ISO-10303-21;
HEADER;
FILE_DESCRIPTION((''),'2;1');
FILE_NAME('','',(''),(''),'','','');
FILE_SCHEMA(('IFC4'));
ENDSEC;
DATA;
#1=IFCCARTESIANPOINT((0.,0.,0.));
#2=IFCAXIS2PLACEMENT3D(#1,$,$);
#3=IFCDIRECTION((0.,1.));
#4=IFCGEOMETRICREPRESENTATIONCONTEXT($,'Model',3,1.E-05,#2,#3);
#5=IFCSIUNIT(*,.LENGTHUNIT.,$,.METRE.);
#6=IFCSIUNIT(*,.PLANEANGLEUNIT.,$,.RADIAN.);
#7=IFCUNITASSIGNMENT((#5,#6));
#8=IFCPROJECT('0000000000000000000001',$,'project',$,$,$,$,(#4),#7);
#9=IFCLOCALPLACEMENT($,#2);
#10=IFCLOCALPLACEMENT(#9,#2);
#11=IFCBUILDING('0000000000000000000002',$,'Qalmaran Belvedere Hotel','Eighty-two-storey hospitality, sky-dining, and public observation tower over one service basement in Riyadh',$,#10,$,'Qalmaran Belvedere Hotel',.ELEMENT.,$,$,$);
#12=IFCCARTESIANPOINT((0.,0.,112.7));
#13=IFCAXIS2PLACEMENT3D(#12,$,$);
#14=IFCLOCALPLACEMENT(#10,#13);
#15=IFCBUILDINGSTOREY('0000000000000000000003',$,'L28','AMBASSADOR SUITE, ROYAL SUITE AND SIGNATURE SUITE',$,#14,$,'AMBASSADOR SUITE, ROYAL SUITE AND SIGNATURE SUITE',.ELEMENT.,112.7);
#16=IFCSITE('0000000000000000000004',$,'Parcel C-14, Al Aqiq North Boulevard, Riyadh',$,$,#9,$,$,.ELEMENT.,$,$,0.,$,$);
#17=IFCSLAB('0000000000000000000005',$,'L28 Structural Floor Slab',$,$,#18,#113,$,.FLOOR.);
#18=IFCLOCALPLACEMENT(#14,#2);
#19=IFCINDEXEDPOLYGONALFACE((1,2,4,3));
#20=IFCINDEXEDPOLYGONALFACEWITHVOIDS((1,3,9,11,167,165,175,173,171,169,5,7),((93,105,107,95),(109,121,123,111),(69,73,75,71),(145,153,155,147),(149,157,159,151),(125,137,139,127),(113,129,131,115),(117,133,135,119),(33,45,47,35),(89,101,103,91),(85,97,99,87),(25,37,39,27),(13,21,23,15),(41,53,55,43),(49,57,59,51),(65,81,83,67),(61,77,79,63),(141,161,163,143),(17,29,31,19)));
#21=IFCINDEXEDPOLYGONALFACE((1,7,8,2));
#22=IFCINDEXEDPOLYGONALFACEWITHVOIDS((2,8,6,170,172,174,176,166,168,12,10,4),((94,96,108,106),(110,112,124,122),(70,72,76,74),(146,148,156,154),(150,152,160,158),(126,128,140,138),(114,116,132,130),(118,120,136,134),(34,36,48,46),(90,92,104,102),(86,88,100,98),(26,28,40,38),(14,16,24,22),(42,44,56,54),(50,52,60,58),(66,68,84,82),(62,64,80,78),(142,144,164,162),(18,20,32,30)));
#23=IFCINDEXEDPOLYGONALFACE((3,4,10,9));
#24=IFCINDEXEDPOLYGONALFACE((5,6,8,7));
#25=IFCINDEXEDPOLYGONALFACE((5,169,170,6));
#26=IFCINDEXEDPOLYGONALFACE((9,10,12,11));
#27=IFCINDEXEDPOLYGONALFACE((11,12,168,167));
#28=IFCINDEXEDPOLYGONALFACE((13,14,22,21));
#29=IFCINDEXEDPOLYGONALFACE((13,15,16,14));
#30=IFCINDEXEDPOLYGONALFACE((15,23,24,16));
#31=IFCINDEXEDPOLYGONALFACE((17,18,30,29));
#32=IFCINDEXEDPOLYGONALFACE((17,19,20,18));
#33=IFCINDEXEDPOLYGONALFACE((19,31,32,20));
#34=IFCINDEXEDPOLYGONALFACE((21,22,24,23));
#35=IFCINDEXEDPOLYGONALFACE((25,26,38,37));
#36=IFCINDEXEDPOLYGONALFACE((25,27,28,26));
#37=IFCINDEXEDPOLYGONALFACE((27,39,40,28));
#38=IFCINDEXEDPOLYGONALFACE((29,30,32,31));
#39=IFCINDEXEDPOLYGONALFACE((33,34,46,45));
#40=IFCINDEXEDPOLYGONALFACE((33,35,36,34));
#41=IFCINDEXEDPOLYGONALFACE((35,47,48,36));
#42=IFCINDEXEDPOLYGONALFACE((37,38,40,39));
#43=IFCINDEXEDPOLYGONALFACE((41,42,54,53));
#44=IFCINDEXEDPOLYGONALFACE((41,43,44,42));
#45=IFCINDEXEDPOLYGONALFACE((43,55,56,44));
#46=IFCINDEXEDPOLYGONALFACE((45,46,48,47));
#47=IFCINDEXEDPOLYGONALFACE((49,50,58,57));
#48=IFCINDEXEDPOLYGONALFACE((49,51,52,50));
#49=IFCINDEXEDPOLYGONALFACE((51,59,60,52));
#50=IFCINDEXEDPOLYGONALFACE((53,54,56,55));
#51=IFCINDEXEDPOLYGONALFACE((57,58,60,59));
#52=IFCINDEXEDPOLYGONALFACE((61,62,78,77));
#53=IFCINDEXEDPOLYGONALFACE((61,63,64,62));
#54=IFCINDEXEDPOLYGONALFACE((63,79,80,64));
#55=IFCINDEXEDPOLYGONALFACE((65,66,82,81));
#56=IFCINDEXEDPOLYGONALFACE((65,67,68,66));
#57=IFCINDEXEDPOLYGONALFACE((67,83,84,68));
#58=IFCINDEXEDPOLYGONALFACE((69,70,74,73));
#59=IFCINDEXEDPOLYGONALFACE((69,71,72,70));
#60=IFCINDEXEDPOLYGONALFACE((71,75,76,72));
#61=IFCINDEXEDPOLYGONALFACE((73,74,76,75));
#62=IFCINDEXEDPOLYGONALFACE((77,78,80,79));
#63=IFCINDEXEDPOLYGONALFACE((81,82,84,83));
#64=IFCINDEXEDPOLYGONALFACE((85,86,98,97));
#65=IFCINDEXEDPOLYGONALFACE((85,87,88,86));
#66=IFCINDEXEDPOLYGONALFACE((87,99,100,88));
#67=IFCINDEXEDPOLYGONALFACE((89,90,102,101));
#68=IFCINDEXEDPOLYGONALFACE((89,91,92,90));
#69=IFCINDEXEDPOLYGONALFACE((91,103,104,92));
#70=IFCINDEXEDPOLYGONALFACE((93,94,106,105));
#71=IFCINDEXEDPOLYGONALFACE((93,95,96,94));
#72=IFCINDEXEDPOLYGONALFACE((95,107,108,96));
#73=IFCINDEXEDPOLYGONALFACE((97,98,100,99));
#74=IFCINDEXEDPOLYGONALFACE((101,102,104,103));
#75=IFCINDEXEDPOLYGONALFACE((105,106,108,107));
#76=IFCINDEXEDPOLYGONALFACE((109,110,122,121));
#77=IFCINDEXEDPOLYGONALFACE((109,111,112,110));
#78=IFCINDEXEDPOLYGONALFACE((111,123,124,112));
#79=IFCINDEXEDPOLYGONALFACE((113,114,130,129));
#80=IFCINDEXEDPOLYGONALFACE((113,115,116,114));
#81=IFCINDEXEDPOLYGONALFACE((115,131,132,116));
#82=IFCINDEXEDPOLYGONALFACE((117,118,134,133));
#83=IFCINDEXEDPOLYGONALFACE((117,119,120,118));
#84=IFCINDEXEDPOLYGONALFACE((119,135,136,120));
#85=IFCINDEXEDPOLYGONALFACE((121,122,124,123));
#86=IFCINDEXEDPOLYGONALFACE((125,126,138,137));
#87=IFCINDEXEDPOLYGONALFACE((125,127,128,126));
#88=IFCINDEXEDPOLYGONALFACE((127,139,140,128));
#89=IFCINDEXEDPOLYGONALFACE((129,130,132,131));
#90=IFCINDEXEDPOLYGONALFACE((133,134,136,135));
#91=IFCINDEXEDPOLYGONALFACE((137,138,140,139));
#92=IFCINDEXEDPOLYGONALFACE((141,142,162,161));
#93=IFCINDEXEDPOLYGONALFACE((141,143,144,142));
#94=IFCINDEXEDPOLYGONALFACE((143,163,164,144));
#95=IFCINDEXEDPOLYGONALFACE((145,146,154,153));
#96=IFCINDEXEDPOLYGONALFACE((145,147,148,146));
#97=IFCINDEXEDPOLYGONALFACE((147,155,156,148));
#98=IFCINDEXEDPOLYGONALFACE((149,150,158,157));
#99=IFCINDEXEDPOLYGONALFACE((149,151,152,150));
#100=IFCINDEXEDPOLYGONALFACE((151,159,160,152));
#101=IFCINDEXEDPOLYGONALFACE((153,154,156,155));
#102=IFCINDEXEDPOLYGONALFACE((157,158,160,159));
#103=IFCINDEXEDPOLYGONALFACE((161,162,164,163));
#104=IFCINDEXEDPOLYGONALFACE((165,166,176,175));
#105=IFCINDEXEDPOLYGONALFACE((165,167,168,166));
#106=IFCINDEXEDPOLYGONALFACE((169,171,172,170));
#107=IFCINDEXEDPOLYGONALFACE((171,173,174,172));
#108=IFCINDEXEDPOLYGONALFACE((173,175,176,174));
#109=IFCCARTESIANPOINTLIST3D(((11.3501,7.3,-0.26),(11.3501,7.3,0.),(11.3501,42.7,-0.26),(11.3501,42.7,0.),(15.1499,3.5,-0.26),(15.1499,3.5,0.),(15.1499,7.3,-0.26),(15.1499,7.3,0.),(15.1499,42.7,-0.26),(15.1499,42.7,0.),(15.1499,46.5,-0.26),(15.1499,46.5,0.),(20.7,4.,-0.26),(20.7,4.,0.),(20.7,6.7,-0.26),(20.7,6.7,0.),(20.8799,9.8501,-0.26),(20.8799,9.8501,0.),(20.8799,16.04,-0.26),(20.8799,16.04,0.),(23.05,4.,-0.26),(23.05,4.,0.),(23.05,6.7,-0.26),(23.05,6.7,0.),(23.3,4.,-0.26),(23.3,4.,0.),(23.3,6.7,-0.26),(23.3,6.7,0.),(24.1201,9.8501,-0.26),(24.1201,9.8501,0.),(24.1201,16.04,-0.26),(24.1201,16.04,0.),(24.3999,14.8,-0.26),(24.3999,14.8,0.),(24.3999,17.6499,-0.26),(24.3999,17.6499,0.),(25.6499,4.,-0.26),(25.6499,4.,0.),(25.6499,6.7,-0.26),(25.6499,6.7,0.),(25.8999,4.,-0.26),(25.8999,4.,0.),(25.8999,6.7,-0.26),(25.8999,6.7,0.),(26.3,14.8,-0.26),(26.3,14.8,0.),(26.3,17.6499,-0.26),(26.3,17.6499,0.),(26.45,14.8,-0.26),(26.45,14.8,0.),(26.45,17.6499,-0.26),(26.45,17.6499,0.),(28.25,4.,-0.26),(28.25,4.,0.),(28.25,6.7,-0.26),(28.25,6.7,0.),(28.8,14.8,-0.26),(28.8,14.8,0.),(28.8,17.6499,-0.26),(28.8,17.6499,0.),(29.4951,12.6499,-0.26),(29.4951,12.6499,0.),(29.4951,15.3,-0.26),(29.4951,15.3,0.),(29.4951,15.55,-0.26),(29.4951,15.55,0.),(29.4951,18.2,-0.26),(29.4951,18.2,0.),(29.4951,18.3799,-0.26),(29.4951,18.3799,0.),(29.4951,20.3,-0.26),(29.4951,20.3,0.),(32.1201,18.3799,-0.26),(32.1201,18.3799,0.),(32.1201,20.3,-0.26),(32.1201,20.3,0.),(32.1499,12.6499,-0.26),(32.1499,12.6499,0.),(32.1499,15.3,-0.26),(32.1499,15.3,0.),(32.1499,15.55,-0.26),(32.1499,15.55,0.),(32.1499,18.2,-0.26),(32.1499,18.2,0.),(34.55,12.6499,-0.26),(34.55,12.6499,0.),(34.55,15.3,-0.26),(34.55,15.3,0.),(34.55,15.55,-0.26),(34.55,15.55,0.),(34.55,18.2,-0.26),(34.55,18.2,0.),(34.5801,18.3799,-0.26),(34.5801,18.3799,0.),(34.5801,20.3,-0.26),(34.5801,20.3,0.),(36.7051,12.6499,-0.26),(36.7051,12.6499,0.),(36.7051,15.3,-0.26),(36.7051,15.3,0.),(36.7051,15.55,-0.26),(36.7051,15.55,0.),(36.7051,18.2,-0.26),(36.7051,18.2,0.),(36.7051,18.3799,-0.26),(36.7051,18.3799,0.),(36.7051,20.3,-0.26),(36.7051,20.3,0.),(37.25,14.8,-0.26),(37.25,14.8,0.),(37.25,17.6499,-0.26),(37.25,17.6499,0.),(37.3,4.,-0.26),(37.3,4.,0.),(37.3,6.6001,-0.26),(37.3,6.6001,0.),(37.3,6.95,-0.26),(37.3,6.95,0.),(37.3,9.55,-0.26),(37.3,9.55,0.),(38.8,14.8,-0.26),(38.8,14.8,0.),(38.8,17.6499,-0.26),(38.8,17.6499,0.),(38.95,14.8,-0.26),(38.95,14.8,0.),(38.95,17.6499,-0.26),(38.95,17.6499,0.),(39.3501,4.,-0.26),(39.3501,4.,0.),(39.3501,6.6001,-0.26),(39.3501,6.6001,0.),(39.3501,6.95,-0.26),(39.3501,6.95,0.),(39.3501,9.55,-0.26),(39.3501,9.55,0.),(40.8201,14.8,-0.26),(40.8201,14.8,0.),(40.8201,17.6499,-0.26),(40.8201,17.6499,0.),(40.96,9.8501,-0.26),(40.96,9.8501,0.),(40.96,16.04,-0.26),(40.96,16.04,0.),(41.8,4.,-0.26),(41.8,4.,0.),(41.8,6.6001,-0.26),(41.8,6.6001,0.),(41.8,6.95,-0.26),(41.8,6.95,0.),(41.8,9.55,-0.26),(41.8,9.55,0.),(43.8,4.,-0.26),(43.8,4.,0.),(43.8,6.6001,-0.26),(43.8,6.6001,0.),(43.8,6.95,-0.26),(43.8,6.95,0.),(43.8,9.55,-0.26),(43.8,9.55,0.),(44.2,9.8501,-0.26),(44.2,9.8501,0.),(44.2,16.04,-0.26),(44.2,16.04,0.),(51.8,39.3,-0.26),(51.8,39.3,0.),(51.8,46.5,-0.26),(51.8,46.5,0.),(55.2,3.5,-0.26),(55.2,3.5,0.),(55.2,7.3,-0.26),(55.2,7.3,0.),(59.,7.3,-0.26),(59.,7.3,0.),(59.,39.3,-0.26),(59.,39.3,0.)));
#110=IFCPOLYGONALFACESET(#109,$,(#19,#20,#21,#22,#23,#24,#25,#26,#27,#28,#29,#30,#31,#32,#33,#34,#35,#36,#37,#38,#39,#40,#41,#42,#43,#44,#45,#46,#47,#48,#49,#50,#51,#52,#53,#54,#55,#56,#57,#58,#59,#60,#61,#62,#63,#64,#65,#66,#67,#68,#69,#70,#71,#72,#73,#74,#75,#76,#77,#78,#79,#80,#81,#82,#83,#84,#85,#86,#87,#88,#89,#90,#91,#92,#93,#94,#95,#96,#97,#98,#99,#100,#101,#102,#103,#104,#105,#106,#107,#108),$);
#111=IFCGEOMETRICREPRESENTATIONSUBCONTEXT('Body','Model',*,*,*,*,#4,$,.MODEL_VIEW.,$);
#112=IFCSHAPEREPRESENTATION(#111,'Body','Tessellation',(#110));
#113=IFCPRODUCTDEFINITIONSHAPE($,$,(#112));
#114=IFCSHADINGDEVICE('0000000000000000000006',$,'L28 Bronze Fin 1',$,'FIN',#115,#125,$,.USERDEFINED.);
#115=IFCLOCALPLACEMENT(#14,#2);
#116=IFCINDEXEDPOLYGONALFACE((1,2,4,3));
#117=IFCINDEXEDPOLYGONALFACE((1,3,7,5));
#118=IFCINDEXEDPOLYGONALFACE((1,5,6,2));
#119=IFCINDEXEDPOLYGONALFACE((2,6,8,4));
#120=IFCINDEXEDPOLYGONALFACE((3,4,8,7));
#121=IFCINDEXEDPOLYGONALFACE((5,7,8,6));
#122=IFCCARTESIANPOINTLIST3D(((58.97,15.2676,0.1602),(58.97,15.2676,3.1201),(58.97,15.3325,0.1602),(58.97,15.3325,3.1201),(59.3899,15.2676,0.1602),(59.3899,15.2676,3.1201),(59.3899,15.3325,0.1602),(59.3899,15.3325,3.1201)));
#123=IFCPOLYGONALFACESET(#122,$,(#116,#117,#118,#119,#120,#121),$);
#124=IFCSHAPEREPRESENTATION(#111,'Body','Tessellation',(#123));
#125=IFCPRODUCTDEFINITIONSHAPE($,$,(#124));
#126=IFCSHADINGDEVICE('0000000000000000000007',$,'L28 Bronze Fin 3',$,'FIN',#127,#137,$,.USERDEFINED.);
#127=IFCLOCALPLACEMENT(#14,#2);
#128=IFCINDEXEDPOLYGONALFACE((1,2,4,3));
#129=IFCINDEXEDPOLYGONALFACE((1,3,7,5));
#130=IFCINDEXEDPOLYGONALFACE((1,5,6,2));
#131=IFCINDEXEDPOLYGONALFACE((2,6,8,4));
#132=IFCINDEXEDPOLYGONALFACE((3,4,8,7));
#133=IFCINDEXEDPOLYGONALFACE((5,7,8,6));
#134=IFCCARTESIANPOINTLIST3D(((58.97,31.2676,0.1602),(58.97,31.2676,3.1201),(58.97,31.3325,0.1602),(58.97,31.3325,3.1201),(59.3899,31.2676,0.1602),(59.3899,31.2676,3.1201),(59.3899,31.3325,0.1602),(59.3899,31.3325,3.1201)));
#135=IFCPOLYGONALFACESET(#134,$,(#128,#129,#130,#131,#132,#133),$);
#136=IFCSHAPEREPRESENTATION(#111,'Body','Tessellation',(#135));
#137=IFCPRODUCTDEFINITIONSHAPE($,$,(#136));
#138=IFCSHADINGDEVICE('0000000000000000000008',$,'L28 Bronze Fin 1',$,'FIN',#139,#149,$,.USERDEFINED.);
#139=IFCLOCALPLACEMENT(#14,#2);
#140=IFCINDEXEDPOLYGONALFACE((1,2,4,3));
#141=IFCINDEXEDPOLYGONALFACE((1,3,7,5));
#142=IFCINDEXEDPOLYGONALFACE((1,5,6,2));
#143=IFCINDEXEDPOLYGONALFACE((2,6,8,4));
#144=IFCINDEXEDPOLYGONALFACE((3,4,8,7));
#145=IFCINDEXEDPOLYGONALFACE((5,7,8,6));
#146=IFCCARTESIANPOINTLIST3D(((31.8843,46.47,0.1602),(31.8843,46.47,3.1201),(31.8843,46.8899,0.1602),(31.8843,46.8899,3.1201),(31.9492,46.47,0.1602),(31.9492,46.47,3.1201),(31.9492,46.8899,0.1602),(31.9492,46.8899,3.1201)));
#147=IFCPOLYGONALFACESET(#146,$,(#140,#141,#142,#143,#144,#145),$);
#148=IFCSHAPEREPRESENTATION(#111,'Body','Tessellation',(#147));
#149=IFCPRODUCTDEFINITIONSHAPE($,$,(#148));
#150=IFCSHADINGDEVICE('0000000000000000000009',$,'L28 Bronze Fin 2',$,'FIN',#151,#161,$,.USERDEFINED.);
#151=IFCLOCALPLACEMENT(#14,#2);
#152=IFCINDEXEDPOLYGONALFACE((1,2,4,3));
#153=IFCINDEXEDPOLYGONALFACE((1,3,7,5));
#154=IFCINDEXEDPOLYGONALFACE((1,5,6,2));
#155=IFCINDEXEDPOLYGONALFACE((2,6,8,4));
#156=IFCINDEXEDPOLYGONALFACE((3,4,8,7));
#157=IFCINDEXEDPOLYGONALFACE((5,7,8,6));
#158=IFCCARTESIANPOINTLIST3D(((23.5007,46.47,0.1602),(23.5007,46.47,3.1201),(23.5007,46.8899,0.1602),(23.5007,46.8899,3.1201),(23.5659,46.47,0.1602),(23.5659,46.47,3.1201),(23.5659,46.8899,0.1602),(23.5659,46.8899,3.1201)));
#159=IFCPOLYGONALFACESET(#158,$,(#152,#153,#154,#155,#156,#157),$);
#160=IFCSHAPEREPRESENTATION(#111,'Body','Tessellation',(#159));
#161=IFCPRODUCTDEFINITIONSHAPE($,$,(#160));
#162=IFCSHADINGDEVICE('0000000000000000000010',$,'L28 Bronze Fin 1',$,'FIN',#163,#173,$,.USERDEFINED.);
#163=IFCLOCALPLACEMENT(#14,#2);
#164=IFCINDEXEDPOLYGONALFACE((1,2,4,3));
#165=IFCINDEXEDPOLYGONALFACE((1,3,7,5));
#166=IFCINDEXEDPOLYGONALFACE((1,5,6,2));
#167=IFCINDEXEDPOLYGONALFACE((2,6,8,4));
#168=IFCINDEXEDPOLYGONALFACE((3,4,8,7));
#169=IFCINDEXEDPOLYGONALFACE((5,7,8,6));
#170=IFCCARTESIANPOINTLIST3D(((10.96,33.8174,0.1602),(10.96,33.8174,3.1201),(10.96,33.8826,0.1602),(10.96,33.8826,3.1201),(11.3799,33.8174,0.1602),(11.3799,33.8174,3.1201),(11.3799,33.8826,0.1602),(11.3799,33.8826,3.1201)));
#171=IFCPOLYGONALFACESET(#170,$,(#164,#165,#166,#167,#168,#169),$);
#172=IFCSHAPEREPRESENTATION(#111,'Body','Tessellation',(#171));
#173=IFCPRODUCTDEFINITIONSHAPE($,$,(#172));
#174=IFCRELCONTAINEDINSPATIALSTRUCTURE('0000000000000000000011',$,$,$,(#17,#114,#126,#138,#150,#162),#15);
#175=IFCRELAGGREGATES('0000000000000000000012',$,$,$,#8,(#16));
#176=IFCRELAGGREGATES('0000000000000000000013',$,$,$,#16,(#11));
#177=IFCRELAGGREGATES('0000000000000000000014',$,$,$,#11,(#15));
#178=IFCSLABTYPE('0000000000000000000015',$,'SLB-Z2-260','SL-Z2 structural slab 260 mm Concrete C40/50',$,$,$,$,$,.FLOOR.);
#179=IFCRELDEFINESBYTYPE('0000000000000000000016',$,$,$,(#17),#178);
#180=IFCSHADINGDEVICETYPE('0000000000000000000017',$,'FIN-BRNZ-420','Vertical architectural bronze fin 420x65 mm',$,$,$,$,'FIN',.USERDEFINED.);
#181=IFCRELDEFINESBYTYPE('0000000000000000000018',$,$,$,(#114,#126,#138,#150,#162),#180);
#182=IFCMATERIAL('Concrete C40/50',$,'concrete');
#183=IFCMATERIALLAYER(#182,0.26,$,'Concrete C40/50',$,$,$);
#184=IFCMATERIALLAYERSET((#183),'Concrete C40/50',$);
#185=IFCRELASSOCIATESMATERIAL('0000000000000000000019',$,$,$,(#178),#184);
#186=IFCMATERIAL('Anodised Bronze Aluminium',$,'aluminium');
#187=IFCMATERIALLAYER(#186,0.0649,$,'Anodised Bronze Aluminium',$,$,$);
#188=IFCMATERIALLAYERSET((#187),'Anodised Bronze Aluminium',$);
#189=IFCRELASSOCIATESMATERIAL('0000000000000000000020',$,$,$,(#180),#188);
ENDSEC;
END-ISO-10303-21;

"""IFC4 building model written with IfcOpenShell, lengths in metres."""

from ifc_helpers import new_model, si_unit, direction, frame, origin, place, context, subcontext, project, spatial, polyline, outline, extrude, material, layer, layer_set, type_object, element, save


model = new_model("IFC4")

# Units and contexts
model_context = context("Model", 3, precision=1e-05, world=origin(), true_north=direction((0.0, 1.0)))
body_context = subcontext(model_context, "Body", "Model", "MODEL_VIEW")
ifc_project = project(units=[si_unit("LENGTHUNIT", "METRE"), si_unit("PLANEANGLEUNIT", "RADIAN")], contexts=[model_context])

# Site, building, storey
site_placement = place(None, origin())
site = spatial("IfcSite", under=ifc_project, at=site_placement, Name="Parcel C-14, Al Aqiq North Boulevard, Riyadh", CompositionType="ELEMENT", RefElevation=0.0)
building_placement = place(site_placement, origin())
building = spatial("IfcBuilding", under=site, at=building_placement, Name="Qalmaran Belvedere Hotel", Description="Eighty-two-storey hospitality, sky-dining, and public observation tower over one service basement in Riyadh", LongName="Qalmaran Belvedere Hotel", CompositionType="ELEMENT")
storey_placement = place(building_placement, frame((0.0, 0.0, 112.7)))
storey = spatial("IfcBuildingStorey", under=building, at=storey_placement, Name="L28", Description="AMBASSADOR SUITE, ROYAL SUITE AND SIGNATURE SUITE", LongName="AMBASSADOR SUITE, ROYAL SUITE AND SIGNATURE SUITE", CompositionType="ELEMENT", Elevation=112.7)

# Shared definitions
ifc_material_1 = material(Name="Anodised Bronze Aluminium", Category="aluminium")

# Shared definitions
ifc_material_2 = material(Name="Concrete C40/50", Category="concrete")

# Slab
ifc_layer_1 = layer(ifc_material_2, 0.26, Name="Concrete C40/50")
ifc_layer_set_1 = layer_set([ifc_layer_1], Name="Concrete C40/50")
slab_type_1 = type_object("IfcSlabType", Name="SLB-Z2-260", Description="SL-Z2 structural slab 260 mm Concrete C40/50", PredefinedType="FLOOR", material=ifc_layer_set_1)
slab_1_placement = place(storey_placement, frame((0.0, 0.0, -0.26)))
element("IfcSlab", 1, at=slab_1_placement, inside=storey, type_object=slab_type_1, Name="L28 Structural Floor Slab", PredefinedType="FLOOR", context=body_context, shape_type="SweptSolid", body=[
    extrude(outline(polyline([(15.1499, 3.5), (55.2, 3.5), (55.2, 7.3), (59.0, 7.3), (59.0, 39.3), (51.8, 39.3), (51.8, 46.5), (15.1499, 46.5), (15.1499, 42.7), (11.3501, 42.7), (11.3501, 7.3), (15.1499, 7.3), (15.1499, 3.5)]), holes=[polyline([(20.8799, 9.8501), (24.1201, 9.8501), (24.1201, 16.04), (20.8799, 16.04), (20.8799, 9.8501)]), polyline([(40.96, 9.8501), (44.2, 9.8501), (44.2, 16.04), (40.96, 16.04), (40.96, 9.8501)]), polyline([(29.4951, 12.6499), (32.1499, 12.6499), (32.1499, 15.3), (29.4951, 15.3), (29.4951, 12.6499)]), polyline([(29.4951, 15.55), (32.1499, 15.55), (32.1499, 18.2), (29.4951, 18.2), (29.4951, 15.55)]), polyline([(34.55, 12.6499), (36.7051, 12.6499), (36.7051, 15.3), (34.55, 15.3), (34.55, 12.6499)]), polyline([(34.55, 15.55), (36.7051, 15.55), (36.7051, 18.2), (34.55, 18.2), (34.55, 15.55)]), polyline([(37.3, 4.0), (39.3501, 4.0), (39.3501, 6.6001), (37.3, 6.6001), (37.3, 4.0)]), polyline([(37.3, 6.95), (39.3501, 6.95), (39.3501, 9.55), (37.3, 9.55), (37.3, 6.95)]), polyline([(41.8, 4.0), (43.8, 4.0), (43.8, 6.6001), (41.8, 6.6001), (41.8, 4.0)]), polyline([(41.8, 6.95), (43.8, 6.95), (43.8, 9.55), (41.8, 9.55), (41.8, 6.95)]), polyline([(20.7, 4.0), (23.05, 4.0), (23.05, 6.7), (20.7, 6.7), (20.7, 4.0)]), polyline([(23.3, 4.0), (25.6499, 4.0), (25.6499, 6.7), (23.3, 6.7), (23.3, 4.0)]), polyline([(25.8999, 4.0), (28.25, 4.0), (28.25, 6.7), (25.8999, 6.7), (25.8999, 4.0)]), polyline([(24.3999, 14.8), (26.3, 14.8), (26.3, 17.6499), (24.3999, 17.6499), (24.3999, 14.8)]), polyline([(38.95, 14.8), (40.8201, 14.8), (40.8201, 17.6499), (38.95, 17.6499), (38.95, 14.8)]), polyline([(26.45, 14.8), (28.8, 14.8), (28.8, 17.6499), (26.45, 17.6499), (26.45, 14.8)]), polyline([(37.25, 14.8), (38.8, 14.8), (38.8, 17.6499), (37.25, 17.6499), (37.25, 14.8)]), polyline([(29.4951, 18.3799), (32.1201, 18.3799), (32.1201, 20.3), (29.4951, 20.3), (29.4951, 18.3799)]), polyline([(34.5801, 18.3799), (36.7051, 18.3799), (36.7051, 20.3), (34.5801, 20.3), (34.5801, 18.3799)])]), origin(), (0.0, 0.0, 1.0), 0.26),
])

# Shading devices
ifc_layer_2 = layer(ifc_material_1, 0.0649, Name="Anodised Bronze Aluminium")
ifc_layer_set_2 = layer_set([ifc_layer_2], Name="Anodised Bronze Aluminium")
shading_device_type = type_object("IfcShadingDeviceType", Name="FIN-BRNZ-420", Description="Vertical architectural bronze fin 420x65 mm", ElementType="FIN", PredefinedType="USERDEFINED", material=ifc_layer_set_2)
shading_device_1_placement = place(storey_placement, frame((0.0, 0.0, 0.1602)))
element("IfcShadingDevice", 2, at=shading_device_1_placement, inside=storey, type_object=shading_device_type, Name="L28 Bronze Fin 1", ObjectType="FIN", PredefinedType="USERDEFINED", context=body_context, shape_type="SweptSolid", body=[
    extrude(outline(polyline([(58.97, 15.2676), (59.3899, 15.2676), (59.3899, 15.3325), (58.97, 15.3325), (58.97, 15.2676)])), origin(), (0.0, 0.0, 1.0), 2.96),
])
shading_device_2_placement = place(storey_placement, frame((0.0, 0.0, 0.1602)))
element("IfcShadingDevice", 3, at=shading_device_2_placement, inside=storey, type_object=shading_device_type, Name="L28 Bronze Fin 3", ObjectType="FIN", PredefinedType="USERDEFINED", context=body_context, shape_type="SweptSolid", body=[
    extrude(outline(polyline([(58.97, 31.2676), (59.3899, 31.2676), (59.3899, 31.3325), (58.97, 31.3325), (58.97, 31.2676)])), origin(), (0.0, 0.0, 1.0), 2.96),
])
shading_device_3_placement = place(storey_placement, frame((0.0, 0.0, 0.1602)))
element("IfcShadingDevice", 4, at=shading_device_3_placement, inside=storey, type_object=shading_device_type, Name="L28 Bronze Fin 1", ObjectType="FIN", PredefinedType="USERDEFINED", context=body_context, shape_type="SweptSolid", body=[
    extrude(outline(polyline([(31.9492, 46.47), (31.9492, 46.8899), (31.8843, 46.8899), (31.8843, 46.47), (31.9492, 46.47)])), origin(), (0.0, 0.0, 1.0), 2.96),
])
shading_device_4_placement = place(storey_placement, frame((0.0, 0.0, 0.1602)))
element("IfcShadingDevice", 5, at=shading_device_4_placement, inside=storey, type_object=shading_device_type, Name="L28 Bronze Fin 2", ObjectType="FIN", PredefinedType="USERDEFINED", context=body_context, shape_type="SweptSolid", body=[
    extrude(outline(polyline([(23.5659, 46.47), (23.5659, 46.8899), (23.5007, 46.8899), (23.5007, 46.47), (23.5659, 46.47)])), origin(), (0.0, 0.0, 1.0), 2.96),
])
shading_device_5_placement = place(storey_placement, frame((0.0, 0.0, 0.1602)))
element("IfcShadingDevice", 6, at=shading_device_5_placement, inside=storey, type_object=shading_device_type, Name="L28 Bronze Fin 1", ObjectType="FIN", PredefinedType="USERDEFINED", context=body_context, shape_type="SweptSolid", body=[
    extrude(outline(polyline([(11.3799, 33.8826), (10.96, 33.8826), (10.96, 33.8174), (11.3799, 33.8174), (11.3799, 33.8826)])), origin(), (0.0, 0.0, 1.0), 2.96),
])

save(model, "model.ifc")
